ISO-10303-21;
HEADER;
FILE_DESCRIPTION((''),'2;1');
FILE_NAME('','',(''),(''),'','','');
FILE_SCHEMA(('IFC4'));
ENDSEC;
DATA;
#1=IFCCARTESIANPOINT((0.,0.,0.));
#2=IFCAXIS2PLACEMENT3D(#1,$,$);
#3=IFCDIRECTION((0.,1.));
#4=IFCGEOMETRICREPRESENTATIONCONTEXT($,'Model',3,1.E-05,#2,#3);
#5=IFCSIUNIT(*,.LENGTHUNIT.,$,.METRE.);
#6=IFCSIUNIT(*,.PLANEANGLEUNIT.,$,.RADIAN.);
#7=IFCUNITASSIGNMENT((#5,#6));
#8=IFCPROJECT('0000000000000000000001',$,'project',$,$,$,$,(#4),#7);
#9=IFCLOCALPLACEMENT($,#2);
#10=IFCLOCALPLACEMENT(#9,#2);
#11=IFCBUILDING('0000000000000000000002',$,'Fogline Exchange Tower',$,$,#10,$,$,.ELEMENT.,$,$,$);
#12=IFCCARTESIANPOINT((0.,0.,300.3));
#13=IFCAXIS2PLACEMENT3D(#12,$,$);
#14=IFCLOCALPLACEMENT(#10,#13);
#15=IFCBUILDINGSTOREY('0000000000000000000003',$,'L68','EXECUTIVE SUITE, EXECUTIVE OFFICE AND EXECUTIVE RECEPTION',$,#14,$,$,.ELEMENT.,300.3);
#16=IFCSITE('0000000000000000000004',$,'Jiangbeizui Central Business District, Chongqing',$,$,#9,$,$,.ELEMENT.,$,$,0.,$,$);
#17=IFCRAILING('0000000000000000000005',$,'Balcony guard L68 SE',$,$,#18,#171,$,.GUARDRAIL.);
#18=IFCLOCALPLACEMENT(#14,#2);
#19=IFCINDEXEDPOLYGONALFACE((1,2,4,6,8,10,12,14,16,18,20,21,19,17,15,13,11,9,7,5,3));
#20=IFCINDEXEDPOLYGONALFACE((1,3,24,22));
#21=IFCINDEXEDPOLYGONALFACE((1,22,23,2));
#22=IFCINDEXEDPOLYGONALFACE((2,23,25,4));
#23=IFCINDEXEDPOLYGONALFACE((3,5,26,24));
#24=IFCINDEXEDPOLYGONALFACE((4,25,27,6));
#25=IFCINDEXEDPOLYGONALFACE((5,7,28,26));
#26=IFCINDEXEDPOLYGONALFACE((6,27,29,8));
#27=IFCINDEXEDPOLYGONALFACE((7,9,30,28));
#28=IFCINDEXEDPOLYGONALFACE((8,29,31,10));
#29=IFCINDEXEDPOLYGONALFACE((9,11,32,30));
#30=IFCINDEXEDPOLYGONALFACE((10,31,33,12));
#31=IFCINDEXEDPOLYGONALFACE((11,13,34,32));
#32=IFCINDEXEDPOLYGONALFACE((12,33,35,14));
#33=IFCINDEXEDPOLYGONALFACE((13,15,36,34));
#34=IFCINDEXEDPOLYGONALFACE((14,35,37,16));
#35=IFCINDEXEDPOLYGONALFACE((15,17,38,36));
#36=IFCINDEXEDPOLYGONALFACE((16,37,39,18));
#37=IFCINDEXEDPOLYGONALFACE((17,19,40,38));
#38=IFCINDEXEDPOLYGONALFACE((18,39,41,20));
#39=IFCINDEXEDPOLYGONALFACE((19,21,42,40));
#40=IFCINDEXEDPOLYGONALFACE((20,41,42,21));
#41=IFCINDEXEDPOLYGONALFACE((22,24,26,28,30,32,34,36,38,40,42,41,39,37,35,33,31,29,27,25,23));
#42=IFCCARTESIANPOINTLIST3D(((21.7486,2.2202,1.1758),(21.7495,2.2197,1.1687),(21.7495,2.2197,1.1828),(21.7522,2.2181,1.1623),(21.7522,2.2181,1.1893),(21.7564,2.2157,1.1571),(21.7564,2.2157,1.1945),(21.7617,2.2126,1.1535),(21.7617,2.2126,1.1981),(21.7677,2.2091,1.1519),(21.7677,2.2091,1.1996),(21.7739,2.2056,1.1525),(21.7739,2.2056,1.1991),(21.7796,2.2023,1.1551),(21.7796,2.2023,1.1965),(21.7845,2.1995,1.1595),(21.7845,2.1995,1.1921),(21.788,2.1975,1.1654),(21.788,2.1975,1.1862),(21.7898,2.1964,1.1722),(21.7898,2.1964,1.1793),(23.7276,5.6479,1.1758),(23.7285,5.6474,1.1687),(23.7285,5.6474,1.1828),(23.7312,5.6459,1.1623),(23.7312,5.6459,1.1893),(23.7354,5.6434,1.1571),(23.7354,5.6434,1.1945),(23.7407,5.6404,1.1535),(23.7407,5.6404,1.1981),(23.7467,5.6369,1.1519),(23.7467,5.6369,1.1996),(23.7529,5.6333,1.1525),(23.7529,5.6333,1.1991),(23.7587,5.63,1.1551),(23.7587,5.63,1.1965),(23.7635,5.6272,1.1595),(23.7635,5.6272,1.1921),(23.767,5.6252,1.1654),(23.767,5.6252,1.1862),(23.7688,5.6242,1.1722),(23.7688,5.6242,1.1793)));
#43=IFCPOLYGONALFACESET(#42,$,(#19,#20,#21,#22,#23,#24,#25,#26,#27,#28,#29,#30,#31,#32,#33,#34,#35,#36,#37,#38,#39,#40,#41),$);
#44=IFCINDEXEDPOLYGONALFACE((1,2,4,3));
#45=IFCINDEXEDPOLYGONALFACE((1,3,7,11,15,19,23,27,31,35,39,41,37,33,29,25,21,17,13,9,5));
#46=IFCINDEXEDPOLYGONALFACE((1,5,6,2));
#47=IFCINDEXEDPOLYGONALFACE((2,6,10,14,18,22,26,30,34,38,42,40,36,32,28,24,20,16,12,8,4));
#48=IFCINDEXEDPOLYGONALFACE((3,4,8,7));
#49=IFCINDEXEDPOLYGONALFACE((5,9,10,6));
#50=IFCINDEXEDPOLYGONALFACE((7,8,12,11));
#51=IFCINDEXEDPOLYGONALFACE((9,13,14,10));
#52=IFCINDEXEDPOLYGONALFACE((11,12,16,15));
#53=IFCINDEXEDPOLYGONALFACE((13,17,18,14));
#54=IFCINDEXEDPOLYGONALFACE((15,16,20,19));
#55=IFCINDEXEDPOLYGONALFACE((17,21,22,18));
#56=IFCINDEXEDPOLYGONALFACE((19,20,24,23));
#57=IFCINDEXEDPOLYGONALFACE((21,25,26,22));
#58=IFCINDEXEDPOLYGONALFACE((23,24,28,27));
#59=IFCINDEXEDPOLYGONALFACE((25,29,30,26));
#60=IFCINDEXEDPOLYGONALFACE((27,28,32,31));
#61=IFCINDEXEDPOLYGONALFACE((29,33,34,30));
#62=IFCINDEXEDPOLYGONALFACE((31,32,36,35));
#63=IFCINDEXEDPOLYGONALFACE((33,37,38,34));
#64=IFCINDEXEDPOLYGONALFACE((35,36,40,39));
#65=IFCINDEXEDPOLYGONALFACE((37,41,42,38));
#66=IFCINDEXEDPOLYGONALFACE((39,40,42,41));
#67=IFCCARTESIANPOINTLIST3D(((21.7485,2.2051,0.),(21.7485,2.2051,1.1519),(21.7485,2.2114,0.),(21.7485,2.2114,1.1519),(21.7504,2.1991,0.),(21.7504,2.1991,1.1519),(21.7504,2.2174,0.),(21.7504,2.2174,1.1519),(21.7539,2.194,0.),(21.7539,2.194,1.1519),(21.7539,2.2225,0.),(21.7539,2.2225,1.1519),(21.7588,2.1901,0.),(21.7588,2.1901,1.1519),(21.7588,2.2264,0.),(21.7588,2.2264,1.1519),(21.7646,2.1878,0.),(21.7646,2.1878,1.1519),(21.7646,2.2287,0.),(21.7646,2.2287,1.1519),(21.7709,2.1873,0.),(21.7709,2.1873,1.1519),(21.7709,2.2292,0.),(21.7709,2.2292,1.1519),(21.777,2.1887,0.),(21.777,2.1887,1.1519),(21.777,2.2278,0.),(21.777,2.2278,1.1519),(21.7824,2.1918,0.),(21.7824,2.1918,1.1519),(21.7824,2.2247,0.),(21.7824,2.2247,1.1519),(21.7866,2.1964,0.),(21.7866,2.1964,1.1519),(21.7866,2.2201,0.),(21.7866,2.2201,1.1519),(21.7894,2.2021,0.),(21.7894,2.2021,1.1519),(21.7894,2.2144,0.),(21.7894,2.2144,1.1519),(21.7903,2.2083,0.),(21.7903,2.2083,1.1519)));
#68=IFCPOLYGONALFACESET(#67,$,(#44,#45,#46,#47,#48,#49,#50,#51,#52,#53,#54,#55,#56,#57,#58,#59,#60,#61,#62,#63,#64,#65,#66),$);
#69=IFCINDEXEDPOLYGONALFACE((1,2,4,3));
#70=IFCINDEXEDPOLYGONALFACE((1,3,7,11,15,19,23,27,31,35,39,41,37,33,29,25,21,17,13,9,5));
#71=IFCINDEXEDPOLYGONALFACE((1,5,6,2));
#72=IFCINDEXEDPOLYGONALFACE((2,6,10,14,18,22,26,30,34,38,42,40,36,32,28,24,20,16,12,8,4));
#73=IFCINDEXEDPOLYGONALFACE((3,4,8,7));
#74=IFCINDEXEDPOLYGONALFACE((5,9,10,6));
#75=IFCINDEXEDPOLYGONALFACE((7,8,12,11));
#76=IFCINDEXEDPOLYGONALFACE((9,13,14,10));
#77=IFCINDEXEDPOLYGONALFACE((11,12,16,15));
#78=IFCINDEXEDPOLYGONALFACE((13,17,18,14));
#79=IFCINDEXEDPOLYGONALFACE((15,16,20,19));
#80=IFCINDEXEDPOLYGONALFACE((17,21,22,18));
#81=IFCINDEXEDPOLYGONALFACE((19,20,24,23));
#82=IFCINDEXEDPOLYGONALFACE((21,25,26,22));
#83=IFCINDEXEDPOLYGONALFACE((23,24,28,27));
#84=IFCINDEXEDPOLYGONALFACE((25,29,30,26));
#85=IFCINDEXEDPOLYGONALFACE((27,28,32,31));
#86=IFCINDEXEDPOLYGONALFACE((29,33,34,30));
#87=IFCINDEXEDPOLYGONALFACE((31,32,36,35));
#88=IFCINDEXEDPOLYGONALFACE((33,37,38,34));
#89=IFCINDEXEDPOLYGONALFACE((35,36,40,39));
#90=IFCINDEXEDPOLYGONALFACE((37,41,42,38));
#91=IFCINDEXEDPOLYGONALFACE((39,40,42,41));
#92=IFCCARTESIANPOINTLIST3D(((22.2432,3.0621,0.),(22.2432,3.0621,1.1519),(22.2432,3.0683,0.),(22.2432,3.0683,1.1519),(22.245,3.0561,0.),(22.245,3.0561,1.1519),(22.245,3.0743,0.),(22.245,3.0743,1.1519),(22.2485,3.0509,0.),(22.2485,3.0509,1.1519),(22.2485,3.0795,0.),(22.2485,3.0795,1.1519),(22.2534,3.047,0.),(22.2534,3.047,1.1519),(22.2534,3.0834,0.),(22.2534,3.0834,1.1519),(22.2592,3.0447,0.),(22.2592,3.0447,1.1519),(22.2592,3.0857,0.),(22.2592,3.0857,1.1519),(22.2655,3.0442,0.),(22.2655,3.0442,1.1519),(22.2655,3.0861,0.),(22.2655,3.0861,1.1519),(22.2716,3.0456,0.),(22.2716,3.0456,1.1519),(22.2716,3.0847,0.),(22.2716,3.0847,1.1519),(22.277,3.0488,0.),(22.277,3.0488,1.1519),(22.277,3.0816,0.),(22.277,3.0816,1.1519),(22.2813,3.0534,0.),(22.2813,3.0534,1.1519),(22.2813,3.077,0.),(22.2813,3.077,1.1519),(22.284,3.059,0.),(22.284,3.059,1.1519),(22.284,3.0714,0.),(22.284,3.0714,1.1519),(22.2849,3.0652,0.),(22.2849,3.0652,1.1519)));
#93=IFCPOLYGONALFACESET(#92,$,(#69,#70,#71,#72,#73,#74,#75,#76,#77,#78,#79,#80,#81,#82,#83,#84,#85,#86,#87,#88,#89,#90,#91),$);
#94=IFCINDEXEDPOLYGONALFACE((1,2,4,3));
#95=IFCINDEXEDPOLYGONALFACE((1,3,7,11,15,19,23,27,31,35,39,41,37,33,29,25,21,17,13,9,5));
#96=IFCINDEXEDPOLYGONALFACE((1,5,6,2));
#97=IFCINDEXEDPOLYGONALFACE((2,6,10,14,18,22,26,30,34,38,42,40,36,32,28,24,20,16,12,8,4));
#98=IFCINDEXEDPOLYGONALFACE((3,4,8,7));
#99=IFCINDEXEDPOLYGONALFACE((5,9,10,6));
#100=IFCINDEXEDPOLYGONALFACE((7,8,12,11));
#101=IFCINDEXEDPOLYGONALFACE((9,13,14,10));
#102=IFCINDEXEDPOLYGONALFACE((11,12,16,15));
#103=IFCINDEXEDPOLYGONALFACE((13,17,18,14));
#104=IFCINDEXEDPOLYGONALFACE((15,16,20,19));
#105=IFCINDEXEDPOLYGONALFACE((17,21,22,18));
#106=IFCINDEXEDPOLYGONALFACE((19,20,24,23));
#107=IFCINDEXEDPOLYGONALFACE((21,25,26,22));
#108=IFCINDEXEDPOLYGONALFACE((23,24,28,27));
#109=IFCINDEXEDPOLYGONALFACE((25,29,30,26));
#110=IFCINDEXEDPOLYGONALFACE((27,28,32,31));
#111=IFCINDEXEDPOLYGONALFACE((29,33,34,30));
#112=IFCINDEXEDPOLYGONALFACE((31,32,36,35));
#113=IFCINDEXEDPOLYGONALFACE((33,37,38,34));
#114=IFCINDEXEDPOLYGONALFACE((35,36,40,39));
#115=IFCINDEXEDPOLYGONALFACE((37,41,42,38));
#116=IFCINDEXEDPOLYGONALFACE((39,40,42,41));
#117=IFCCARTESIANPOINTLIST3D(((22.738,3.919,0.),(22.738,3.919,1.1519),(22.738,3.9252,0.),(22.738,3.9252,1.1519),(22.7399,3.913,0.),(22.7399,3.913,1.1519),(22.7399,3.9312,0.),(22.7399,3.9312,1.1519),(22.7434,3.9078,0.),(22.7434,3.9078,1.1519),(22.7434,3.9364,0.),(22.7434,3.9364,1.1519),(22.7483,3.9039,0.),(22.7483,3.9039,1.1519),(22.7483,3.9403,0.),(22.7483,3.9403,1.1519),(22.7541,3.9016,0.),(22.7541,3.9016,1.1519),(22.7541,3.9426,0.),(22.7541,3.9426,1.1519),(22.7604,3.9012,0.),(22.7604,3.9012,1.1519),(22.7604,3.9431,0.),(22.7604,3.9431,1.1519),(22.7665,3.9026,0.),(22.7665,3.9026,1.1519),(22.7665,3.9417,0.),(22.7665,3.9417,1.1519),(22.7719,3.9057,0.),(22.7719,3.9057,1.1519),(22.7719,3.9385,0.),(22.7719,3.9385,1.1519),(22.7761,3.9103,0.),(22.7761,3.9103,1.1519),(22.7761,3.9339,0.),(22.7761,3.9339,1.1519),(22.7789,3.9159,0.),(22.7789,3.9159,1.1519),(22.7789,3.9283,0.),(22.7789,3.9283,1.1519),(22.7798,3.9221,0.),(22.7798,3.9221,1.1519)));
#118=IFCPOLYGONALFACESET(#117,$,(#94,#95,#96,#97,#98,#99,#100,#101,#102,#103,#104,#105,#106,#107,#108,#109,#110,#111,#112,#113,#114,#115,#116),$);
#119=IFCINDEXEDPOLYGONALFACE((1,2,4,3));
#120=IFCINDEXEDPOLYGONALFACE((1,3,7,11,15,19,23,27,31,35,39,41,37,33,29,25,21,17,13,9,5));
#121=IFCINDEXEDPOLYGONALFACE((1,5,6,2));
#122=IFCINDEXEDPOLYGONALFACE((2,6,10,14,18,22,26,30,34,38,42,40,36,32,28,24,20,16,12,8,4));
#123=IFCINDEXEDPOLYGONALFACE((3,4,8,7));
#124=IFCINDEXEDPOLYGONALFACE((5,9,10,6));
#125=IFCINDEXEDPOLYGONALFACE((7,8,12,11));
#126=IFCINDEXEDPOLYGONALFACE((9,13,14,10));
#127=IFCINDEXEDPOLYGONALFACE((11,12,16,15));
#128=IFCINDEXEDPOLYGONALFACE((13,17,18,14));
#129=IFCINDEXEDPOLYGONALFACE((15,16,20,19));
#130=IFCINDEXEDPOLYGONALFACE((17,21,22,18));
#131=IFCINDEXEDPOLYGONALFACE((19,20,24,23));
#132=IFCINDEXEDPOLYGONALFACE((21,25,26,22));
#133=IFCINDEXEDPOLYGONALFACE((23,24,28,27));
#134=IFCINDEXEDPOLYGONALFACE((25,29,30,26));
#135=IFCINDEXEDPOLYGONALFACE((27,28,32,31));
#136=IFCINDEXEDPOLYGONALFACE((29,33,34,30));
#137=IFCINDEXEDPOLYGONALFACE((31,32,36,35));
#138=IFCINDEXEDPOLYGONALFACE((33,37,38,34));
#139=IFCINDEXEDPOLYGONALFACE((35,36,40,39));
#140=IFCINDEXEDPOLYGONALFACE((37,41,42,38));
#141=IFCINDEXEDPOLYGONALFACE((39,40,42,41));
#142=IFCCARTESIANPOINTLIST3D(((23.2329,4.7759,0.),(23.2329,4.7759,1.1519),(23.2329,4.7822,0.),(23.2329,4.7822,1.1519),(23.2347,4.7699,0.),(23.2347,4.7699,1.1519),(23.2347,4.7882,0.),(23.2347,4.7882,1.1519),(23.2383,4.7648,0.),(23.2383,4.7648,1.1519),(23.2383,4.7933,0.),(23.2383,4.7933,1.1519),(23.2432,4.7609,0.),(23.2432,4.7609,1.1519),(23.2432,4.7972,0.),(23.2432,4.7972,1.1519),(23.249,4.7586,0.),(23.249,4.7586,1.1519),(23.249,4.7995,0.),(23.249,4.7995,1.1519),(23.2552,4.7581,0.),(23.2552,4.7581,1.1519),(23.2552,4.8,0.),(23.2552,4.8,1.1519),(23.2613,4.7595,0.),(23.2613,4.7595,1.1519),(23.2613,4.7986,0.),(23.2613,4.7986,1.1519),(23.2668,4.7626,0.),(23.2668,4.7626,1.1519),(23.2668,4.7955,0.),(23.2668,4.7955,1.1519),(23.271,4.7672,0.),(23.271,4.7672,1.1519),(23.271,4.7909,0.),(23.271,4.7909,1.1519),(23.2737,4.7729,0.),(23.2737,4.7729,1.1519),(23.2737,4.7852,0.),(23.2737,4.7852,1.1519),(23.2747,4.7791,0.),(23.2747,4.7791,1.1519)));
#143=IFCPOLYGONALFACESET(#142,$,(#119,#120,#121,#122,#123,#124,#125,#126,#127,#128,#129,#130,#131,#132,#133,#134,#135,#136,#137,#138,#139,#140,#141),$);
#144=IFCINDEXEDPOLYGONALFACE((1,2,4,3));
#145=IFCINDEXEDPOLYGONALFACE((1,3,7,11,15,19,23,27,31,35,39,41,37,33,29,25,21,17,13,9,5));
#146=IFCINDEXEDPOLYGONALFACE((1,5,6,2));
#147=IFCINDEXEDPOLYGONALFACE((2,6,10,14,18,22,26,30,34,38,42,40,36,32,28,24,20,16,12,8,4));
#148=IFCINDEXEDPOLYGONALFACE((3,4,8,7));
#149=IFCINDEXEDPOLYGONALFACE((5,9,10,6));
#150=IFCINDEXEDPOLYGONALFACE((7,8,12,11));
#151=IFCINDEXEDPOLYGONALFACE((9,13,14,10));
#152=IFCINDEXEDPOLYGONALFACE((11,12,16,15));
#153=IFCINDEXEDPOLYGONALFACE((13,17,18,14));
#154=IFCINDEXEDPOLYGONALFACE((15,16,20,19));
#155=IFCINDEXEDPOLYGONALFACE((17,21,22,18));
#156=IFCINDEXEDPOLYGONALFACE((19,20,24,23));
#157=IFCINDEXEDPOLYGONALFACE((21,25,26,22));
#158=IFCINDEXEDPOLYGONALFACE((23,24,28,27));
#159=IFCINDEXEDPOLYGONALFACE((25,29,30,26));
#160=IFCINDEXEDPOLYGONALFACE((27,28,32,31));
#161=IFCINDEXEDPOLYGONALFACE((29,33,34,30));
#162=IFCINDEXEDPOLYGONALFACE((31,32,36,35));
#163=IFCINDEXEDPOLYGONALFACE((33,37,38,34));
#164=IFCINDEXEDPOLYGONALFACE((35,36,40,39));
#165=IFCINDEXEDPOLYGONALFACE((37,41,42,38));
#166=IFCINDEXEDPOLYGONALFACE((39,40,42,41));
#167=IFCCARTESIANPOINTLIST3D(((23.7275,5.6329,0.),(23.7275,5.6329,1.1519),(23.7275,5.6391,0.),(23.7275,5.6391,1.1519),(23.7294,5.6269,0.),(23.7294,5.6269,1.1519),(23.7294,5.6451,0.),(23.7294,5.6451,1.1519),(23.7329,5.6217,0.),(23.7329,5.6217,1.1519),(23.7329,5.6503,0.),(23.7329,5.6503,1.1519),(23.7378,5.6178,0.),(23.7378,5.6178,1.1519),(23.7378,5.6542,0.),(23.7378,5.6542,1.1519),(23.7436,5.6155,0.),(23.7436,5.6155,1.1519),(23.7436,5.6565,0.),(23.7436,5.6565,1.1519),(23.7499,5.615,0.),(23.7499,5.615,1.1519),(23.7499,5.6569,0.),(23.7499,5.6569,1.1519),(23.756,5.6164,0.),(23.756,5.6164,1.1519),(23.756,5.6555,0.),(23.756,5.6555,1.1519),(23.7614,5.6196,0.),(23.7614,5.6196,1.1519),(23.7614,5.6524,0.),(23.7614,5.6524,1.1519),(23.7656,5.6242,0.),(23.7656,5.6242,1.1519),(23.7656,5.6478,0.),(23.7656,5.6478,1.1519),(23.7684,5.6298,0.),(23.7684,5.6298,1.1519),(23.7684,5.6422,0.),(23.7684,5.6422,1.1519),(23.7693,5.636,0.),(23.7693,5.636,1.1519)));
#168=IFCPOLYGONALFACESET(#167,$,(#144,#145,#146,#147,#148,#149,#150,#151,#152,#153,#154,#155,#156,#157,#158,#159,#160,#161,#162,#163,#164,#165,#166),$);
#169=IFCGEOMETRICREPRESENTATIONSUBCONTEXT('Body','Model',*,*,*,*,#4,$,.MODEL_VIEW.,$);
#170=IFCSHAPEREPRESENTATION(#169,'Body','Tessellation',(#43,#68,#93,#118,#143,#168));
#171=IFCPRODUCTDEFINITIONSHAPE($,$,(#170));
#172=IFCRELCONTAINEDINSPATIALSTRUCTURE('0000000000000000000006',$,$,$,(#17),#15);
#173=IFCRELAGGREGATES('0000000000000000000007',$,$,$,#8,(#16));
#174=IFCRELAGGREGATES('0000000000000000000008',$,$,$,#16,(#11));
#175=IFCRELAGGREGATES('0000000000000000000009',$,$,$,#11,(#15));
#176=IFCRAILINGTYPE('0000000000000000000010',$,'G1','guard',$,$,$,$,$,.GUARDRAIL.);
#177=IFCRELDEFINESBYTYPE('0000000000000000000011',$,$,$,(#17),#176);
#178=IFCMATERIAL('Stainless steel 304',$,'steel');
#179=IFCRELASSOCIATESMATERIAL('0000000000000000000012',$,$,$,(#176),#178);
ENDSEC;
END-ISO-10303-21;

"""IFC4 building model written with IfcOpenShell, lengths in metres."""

from ifc_helpers import new_model, si_unit, direction, frame, origin, origin_2d, place, context, subcontext, project, spatial, circle, extrude, material, type_object, element, save


model = new_model("IFC4")

# Units and contexts
model_context = context("Model", 3, precision=1e-05, world=origin(), true_north=direction((0.0, 1.0)))
body_context = subcontext(model_context, "Body", "Model", "MODEL_VIEW")
ifc_project = project(units=[si_unit("LENGTHUNIT", "METRE"), si_unit("PLANEANGLEUNIT", "RADIAN")], contexts=[model_context])

# Site, building, storey
site_placement = place(None, origin())
site = spatial("IfcSite", under=ifc_project, at=site_placement, Name="Jiangbeizui Central Business District, Chongqing", CompositionType="ELEMENT", RefElevation=0.0)
building_placement = place(site_placement, origin())
building = spatial("IfcBuilding", under=site, at=building_placement, Name="Fogline Exchange Tower", CompositionType="ELEMENT")
storey_placement = place(building_placement, frame((0.0, 0.0, 300.3)))
storey = spatial("IfcBuildingStorey", under=building, at=storey_placement, Name="L68", Description="EXECUTIVE SUITE, EXECUTIVE OFFICE AND EXECUTIVE RECEPTION", CompositionType="ELEMENT", Elevation=300.3)

# Railing
ifc_material_1 = material(Name="Stainless steel 304", Category="steel")
railing_type = type_object("IfcRailingType", Name="G1", Description="guard", PredefinedType="GUARDRAIL", material=ifc_material_1)
railing_placement = place(storey_placement, frame((21.7693, 2.2083, 0.0)))
element("IfcRailing", 1, at=railing_placement, inside=storey, type_object=railing_type, Name="Balcony guard L68 SE", PredefinedType="GUARDRAIL", context=body_context, shape_type="SweptSolid", body=[
    extrude(circle(Radius=0.0239, at=origin_2d()), frame((0.0, 0.0, 1.1758), z_axis=(0.5, 0.866025, 0.0), x_axis=(-0.866025, 0.5, 0.0)), (0.0, 0.0, 1.0), 3.958),
    extrude(circle(Radius=0.021, at=origin_2d()), origin(), (0.0, 0.0, 1.0), 1.1519),
    extrude(circle(Radius=0.021, at=origin_2d()), frame((0.4946, 0.8569, 0.0)), (0.0, 0.0, 1.0), 1.1519),
    extrude(circle(Radius=0.021, at=origin_2d()), frame((0.9895, 1.7139, 0.0)), (0.0, 0.0, 1.0), 1.1519),
    extrude(circle(Radius=0.021, at=origin_2d()), frame((1.4844, 2.5708, 0.0)), (0.0, 0.0, 1.0), 1.1519),
    extrude(circle(Radius=0.021, at=origin_2d()), frame((1.979, 3.4277, 0.0)), (0.0, 0.0, 1.0), 1.1519),
])

save(model, "model.ifc")
